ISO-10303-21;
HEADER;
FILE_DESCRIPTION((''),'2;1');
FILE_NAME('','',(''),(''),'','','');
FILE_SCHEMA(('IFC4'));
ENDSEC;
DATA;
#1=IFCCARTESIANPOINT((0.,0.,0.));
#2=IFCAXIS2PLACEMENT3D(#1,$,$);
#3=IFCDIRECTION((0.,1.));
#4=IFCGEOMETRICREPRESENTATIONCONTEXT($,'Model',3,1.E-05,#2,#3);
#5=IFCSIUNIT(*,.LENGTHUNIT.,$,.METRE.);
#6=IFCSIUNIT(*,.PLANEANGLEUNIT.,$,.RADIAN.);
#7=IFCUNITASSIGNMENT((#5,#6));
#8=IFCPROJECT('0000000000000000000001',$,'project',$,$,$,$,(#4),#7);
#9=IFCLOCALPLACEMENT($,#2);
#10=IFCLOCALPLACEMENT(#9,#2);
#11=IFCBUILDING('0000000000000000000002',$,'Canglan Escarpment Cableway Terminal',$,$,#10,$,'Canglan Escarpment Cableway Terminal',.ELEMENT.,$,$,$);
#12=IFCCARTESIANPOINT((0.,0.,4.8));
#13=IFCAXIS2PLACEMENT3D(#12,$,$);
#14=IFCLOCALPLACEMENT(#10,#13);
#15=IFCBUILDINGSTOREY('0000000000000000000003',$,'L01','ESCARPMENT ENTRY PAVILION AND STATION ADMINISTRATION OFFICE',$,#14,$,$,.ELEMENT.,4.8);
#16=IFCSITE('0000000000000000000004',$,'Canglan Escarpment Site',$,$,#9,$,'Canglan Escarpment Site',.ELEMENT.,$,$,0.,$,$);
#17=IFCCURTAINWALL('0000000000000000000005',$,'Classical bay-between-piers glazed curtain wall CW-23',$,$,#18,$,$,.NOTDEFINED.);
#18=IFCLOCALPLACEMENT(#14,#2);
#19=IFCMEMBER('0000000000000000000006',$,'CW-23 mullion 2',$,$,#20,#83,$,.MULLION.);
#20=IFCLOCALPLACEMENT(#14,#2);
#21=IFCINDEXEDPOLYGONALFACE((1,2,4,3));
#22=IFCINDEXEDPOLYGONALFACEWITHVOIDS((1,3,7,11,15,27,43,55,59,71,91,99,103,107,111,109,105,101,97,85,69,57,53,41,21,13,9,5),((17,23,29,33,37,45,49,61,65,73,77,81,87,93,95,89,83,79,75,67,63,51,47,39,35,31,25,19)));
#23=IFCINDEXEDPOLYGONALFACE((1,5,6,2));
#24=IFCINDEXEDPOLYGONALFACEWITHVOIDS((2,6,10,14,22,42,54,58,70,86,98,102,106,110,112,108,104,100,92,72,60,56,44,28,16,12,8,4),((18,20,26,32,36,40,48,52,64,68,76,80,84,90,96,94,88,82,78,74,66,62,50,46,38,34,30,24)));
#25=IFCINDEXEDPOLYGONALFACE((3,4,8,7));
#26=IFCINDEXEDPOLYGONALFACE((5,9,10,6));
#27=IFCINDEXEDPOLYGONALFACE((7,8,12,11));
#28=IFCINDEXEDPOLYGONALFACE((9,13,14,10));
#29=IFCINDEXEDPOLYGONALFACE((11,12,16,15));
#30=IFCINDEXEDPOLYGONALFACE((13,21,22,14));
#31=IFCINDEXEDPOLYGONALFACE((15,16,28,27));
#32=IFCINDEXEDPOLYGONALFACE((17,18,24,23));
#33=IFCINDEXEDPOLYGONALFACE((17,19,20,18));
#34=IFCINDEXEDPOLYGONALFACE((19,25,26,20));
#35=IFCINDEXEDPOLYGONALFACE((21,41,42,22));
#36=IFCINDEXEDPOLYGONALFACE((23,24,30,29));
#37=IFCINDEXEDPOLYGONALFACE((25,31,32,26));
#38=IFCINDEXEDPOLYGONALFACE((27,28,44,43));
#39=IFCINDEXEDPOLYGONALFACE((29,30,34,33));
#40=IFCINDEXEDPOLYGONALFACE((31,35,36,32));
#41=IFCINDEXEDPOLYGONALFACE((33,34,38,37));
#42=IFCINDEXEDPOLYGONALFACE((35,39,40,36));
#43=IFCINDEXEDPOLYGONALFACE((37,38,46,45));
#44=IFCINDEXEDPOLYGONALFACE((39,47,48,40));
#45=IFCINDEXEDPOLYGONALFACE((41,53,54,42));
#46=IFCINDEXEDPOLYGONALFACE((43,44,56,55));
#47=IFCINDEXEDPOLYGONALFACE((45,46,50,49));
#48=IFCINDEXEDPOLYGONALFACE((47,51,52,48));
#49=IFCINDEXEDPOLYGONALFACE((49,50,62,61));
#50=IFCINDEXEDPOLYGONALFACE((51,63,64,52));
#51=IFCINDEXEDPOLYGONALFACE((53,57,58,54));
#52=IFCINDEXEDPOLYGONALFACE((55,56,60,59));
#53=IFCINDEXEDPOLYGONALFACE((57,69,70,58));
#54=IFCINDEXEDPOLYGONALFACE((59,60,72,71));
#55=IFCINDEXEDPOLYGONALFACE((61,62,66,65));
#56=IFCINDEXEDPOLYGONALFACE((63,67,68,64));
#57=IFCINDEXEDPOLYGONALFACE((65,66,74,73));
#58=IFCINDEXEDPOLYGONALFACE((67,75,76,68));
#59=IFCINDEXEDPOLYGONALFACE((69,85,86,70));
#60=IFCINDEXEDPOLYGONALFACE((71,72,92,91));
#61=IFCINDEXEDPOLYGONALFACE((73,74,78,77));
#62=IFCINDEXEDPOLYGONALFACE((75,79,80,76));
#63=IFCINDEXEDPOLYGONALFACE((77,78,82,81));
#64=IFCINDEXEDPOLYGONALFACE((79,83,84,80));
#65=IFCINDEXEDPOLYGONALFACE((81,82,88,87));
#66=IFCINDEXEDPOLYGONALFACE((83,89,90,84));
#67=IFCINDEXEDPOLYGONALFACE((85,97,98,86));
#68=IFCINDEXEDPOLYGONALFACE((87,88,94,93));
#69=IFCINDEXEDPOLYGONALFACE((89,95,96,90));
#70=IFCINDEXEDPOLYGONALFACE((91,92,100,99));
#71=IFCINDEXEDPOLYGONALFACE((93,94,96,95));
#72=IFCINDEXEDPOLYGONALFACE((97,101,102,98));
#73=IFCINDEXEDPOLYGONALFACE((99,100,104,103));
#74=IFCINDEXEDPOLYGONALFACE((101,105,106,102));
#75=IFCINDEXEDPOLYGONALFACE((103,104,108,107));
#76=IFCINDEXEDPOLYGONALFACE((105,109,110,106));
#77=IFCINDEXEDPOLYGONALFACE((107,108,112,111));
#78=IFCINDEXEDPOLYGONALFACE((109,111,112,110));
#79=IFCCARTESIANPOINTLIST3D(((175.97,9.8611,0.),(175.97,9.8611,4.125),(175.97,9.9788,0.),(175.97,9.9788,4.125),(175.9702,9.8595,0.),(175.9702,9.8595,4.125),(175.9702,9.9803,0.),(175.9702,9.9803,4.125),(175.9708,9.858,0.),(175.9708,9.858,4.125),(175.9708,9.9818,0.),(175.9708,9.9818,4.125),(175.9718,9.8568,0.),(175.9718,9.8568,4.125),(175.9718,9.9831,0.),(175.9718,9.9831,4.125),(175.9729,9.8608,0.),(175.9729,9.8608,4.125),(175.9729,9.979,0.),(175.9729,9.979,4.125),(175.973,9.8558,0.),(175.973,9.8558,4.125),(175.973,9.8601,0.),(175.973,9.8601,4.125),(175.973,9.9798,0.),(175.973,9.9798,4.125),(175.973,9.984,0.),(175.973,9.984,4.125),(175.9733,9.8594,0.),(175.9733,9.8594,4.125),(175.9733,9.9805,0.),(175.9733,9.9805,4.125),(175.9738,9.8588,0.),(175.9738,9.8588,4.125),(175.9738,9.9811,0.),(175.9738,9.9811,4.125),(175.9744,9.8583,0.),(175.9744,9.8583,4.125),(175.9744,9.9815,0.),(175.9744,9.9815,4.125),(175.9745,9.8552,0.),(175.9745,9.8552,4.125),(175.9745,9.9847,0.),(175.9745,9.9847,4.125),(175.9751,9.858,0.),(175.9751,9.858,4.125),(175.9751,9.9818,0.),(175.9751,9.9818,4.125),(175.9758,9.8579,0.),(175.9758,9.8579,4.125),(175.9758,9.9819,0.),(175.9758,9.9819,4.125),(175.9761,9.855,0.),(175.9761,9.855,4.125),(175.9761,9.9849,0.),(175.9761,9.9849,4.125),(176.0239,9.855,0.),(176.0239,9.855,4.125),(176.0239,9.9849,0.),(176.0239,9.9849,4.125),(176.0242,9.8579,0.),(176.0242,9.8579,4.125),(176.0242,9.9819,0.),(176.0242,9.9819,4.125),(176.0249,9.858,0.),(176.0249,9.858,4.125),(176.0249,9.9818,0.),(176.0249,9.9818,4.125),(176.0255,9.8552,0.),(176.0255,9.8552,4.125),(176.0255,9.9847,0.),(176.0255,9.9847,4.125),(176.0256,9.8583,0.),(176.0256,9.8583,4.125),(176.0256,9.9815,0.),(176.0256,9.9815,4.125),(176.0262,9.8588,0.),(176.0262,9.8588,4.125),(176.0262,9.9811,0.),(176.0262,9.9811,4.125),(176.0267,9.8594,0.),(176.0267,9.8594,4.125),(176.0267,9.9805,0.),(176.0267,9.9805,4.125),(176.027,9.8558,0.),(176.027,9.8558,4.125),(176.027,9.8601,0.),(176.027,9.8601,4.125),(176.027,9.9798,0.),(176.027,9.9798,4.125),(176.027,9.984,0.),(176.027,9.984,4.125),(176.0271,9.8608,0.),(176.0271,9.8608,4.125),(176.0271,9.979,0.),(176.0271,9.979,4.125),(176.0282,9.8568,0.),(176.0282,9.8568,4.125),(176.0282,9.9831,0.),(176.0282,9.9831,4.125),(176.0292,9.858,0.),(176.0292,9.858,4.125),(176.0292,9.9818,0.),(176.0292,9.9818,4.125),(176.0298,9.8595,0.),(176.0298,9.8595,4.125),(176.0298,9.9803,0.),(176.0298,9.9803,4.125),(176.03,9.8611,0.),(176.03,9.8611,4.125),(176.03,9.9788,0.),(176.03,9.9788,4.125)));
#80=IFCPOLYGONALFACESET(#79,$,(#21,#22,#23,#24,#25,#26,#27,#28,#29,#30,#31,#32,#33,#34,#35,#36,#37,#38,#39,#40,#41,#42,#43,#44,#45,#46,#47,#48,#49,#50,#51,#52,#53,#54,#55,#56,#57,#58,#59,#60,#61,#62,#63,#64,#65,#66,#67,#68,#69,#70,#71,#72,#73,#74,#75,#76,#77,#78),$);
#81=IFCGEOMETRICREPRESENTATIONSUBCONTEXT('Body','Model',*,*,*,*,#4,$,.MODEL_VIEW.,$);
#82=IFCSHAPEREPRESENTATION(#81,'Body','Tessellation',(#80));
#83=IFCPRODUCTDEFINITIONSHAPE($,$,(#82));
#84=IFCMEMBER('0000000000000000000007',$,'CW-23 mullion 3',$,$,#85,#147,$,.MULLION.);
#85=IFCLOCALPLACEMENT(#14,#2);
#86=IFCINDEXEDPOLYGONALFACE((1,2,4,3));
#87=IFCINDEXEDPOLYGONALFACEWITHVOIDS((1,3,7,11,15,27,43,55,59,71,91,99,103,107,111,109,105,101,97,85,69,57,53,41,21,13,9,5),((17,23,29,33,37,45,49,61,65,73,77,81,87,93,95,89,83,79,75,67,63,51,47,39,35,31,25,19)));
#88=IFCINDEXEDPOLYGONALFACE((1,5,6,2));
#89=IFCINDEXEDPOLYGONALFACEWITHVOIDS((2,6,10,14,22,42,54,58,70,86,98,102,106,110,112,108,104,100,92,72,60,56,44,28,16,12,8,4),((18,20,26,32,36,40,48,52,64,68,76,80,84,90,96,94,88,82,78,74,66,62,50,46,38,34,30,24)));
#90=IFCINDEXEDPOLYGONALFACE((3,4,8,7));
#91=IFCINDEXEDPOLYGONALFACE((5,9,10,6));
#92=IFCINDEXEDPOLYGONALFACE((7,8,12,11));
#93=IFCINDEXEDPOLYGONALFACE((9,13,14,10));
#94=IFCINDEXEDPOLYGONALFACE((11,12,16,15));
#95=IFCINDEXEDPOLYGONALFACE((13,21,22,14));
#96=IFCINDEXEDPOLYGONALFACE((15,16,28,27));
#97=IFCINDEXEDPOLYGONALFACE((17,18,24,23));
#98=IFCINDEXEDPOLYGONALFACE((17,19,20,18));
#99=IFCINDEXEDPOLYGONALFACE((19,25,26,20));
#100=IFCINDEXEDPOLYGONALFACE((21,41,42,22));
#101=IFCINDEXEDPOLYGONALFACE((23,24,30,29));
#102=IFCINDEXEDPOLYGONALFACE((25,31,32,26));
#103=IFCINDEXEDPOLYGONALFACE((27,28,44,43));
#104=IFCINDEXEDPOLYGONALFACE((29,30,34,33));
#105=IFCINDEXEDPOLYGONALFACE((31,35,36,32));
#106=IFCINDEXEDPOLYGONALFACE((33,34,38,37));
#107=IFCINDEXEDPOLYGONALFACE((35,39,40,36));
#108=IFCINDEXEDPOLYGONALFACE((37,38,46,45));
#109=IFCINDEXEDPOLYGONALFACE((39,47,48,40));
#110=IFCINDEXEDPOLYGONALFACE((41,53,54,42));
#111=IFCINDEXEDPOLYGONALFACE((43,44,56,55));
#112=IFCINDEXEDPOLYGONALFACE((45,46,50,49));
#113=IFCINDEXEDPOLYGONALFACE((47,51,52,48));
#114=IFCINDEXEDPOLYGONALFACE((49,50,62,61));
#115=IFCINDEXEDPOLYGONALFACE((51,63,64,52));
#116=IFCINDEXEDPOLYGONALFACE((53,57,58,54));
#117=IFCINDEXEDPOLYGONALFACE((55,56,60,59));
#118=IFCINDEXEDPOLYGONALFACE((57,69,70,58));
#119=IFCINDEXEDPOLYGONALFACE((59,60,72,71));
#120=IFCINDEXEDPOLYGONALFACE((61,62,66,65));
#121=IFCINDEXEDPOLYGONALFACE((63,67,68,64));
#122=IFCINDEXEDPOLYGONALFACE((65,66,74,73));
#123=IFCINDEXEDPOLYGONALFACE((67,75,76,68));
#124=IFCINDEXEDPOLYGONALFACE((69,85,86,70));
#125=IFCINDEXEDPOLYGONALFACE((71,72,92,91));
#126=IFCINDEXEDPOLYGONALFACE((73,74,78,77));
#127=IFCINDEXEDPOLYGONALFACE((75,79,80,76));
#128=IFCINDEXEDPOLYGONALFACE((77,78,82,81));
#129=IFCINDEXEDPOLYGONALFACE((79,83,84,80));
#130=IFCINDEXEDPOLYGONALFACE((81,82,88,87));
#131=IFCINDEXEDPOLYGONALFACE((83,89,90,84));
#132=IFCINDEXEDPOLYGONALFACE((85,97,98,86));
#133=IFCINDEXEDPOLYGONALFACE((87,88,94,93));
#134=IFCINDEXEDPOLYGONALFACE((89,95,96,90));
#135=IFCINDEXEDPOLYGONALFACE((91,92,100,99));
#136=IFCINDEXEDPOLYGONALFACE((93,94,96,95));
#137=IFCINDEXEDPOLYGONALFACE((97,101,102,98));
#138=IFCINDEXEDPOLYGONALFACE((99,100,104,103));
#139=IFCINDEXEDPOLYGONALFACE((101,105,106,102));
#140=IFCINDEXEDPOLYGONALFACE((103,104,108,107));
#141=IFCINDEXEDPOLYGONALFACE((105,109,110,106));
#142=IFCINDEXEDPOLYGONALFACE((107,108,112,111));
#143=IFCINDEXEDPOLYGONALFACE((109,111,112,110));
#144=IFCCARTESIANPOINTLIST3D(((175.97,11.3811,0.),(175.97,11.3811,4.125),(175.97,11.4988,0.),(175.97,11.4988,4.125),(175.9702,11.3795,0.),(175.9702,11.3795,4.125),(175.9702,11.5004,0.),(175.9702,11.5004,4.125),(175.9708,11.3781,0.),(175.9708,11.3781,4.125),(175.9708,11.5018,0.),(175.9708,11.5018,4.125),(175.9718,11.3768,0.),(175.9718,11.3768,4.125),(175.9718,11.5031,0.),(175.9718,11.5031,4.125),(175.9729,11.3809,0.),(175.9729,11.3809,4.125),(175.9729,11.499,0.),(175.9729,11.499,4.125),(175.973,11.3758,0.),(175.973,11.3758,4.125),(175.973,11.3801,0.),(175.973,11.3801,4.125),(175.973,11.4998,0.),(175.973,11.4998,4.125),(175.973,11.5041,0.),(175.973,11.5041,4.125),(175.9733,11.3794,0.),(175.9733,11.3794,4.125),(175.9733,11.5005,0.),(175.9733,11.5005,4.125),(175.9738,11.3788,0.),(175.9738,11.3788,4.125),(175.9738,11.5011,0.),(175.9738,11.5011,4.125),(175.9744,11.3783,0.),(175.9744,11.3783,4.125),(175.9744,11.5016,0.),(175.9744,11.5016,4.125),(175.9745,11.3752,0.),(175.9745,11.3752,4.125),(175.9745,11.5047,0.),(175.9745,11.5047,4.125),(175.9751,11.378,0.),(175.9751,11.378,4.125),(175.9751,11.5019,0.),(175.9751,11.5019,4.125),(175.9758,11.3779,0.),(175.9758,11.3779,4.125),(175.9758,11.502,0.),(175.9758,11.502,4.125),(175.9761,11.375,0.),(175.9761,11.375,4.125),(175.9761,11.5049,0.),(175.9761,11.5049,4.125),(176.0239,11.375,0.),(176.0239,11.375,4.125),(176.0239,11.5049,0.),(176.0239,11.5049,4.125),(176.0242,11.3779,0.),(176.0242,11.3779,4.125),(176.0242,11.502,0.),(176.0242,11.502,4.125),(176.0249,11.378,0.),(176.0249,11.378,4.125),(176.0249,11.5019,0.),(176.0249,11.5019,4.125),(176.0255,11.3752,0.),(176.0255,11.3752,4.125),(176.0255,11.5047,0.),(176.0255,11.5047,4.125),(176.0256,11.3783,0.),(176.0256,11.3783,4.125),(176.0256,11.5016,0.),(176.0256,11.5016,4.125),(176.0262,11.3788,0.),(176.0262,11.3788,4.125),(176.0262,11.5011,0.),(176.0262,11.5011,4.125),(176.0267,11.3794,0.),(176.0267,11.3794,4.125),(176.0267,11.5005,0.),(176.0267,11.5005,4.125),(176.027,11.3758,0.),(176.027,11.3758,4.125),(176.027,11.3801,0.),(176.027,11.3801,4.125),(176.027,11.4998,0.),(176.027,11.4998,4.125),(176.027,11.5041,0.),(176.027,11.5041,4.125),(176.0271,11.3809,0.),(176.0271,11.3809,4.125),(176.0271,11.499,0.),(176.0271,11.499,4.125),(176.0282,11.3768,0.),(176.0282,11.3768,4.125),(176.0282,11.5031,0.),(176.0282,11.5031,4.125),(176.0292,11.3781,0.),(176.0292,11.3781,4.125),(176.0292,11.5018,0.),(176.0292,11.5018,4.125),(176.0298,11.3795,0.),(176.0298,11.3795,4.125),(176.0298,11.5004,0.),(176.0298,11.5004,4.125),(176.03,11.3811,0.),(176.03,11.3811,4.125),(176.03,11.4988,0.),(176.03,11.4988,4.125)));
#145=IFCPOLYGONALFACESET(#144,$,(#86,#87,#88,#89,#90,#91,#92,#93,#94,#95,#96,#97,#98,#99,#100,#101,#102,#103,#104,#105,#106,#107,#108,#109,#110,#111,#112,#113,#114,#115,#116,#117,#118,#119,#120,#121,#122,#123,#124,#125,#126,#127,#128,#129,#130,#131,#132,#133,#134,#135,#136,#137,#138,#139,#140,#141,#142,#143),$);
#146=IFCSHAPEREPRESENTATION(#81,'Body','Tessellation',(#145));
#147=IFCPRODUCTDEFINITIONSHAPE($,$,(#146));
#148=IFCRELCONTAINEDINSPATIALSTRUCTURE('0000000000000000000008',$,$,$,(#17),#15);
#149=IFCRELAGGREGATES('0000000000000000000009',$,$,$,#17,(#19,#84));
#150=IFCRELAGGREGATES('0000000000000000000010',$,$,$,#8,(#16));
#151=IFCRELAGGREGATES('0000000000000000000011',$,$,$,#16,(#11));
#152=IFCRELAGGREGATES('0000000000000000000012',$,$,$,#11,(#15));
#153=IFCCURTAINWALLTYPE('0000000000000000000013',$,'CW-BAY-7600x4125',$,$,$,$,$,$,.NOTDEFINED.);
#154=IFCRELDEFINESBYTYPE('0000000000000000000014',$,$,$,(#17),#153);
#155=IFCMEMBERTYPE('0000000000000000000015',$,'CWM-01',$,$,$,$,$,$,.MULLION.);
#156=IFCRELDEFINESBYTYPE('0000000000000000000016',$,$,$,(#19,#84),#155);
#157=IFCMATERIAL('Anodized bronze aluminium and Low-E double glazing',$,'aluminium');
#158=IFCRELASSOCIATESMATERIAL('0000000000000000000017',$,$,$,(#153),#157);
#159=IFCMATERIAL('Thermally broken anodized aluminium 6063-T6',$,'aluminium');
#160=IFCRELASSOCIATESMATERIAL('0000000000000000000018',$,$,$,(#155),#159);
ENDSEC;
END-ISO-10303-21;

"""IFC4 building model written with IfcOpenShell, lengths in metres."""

from ifc_helpers import new_model, si_unit, direction, frame, origin, origin_2d, place, context, subcontext, project, spatial, hollow_rectangle, extrude, material, material_profile, profile_set, type_object, element, aggregate, save


model = new_model("IFC4")

# Units and contexts
model_context = context("Model", 3, precision=1e-05, world=origin(), true_north=direction((0.0, 1.0)))
body_context = subcontext(model_context, "Body", "Model", "MODEL_VIEW")
ifc_project = project(units=[si_unit("LENGTHUNIT", "METRE"), si_unit("PLANEANGLEUNIT", "RADIAN")], contexts=[model_context])

# Site, building, storey
site_placement = place(None, origin())
site = spatial("IfcSite", under=ifc_project, at=site_placement, Name="Canglan Escarpment Site", LongName="Canglan Escarpment Site", CompositionType="ELEMENT", RefElevation=0.0)
building_placement = place(site_placement, origin())
building = spatial("IfcBuilding", under=site, at=building_placement, Name="Canglan Escarpment Cableway Terminal", LongName="Canglan Escarpment Cableway Terminal", CompositionType="ELEMENT")
storey_placement = place(building_placement, frame((0.0, 0.0, 4.8)))
storey = spatial("IfcBuildingStorey", under=building, at=storey_placement, Name="L01", Description="ESCARPMENT ENTRY PAVILION AND STATION ADMINISTRATION OFFICE", CompositionType="ELEMENT", Elevation=4.8)

# Curtain wall, members
ifc_material_1 = material(Name="Anodized bronze aluminium and Low-E double glazing", Category="aluminium")
curtain_wall_type_1 = type_object("IfcCurtainWallType", Name="CW-BAY-7600x4125", PredefinedType="NOTDEFINED", material=ifc_material_1)
curtain_wall_1_placement = place(storey_placement, origin())
curtain_wall_1 = element("IfcCurtainWall", 1, at=curtain_wall_1_placement, inside=storey, type_object=curtain_wall_type_1, Name="Classical bay-between-piers glazed curtain wall CW-23", PredefinedType="NOTDEFINED")
ifc_material_2 = material(Name="Thermally broken anodized aluminium 6063-T6", Category="aluminium")
ifc_material_profile_1 = material_profile(ifc_material_2, hollow_rectangle(XDim=0.0601, YDim=0.1299, WallThickness=0.0029, InnerFilletRadius=0.0029, OuterFilletRadius=0.0061, at=origin_2d()), Name="ALU-MULL 60x130x3")
ifc_profile_set_1 = profile_set([ifc_material_profile_1], Name="Thermally broken anodized aluminium 6063-T6")
member_type_1 = type_object("IfcMemberType", Name="CWM-01", PredefinedType="MULLION", material=ifc_profile_set_1)
member_1_placement = place(storey_placement, frame((176.0, 9.9199, 0.0), z_axis=(0.0, 0.0, 1.0), x_axis=(-1.0, 0.0, 0.0)))
member_1 = element("IfcMember", 2, at=member_1_placement, type_object=member_type_1, Name="CW-23 mullion 2", PredefinedType="MULLION", context=body_context, shape_type="SweptSolid", body=[
    extrude(hollow_rectangle(XDim=0.0601, YDim=0.1299, WallThickness=0.0029, InnerFilletRadius=0.0029, OuterFilletRadius=0.0061, at=origin_2d()), origin(), (0.0, 0.0, 1.0), 4.125),
])
member_2_placement = place(storey_placement, frame((176.0, 11.4399, 0.0), z_axis=(0.0, 0.0, 1.0), x_axis=(-1.0, 0.0, 0.0)))
member_2 = element("IfcMember", 3, at=member_2_placement, type_object=member_type_1, Name="CW-23 mullion 3", PredefinedType="MULLION", context=body_context, shape_type="SweptSolid", body=[
    extrude(hollow_rectangle(XDim=0.0601, YDim=0.1299, WallThickness=0.0029, InnerFilletRadius=0.0029, OuterFilletRadius=0.0061, at=origin_2d()), origin(), (0.0, 0.0, 1.0), 4.125),
])

aggregate(curtain_wall_1, [member_1, member_2])

save(model, "model.ifc")
